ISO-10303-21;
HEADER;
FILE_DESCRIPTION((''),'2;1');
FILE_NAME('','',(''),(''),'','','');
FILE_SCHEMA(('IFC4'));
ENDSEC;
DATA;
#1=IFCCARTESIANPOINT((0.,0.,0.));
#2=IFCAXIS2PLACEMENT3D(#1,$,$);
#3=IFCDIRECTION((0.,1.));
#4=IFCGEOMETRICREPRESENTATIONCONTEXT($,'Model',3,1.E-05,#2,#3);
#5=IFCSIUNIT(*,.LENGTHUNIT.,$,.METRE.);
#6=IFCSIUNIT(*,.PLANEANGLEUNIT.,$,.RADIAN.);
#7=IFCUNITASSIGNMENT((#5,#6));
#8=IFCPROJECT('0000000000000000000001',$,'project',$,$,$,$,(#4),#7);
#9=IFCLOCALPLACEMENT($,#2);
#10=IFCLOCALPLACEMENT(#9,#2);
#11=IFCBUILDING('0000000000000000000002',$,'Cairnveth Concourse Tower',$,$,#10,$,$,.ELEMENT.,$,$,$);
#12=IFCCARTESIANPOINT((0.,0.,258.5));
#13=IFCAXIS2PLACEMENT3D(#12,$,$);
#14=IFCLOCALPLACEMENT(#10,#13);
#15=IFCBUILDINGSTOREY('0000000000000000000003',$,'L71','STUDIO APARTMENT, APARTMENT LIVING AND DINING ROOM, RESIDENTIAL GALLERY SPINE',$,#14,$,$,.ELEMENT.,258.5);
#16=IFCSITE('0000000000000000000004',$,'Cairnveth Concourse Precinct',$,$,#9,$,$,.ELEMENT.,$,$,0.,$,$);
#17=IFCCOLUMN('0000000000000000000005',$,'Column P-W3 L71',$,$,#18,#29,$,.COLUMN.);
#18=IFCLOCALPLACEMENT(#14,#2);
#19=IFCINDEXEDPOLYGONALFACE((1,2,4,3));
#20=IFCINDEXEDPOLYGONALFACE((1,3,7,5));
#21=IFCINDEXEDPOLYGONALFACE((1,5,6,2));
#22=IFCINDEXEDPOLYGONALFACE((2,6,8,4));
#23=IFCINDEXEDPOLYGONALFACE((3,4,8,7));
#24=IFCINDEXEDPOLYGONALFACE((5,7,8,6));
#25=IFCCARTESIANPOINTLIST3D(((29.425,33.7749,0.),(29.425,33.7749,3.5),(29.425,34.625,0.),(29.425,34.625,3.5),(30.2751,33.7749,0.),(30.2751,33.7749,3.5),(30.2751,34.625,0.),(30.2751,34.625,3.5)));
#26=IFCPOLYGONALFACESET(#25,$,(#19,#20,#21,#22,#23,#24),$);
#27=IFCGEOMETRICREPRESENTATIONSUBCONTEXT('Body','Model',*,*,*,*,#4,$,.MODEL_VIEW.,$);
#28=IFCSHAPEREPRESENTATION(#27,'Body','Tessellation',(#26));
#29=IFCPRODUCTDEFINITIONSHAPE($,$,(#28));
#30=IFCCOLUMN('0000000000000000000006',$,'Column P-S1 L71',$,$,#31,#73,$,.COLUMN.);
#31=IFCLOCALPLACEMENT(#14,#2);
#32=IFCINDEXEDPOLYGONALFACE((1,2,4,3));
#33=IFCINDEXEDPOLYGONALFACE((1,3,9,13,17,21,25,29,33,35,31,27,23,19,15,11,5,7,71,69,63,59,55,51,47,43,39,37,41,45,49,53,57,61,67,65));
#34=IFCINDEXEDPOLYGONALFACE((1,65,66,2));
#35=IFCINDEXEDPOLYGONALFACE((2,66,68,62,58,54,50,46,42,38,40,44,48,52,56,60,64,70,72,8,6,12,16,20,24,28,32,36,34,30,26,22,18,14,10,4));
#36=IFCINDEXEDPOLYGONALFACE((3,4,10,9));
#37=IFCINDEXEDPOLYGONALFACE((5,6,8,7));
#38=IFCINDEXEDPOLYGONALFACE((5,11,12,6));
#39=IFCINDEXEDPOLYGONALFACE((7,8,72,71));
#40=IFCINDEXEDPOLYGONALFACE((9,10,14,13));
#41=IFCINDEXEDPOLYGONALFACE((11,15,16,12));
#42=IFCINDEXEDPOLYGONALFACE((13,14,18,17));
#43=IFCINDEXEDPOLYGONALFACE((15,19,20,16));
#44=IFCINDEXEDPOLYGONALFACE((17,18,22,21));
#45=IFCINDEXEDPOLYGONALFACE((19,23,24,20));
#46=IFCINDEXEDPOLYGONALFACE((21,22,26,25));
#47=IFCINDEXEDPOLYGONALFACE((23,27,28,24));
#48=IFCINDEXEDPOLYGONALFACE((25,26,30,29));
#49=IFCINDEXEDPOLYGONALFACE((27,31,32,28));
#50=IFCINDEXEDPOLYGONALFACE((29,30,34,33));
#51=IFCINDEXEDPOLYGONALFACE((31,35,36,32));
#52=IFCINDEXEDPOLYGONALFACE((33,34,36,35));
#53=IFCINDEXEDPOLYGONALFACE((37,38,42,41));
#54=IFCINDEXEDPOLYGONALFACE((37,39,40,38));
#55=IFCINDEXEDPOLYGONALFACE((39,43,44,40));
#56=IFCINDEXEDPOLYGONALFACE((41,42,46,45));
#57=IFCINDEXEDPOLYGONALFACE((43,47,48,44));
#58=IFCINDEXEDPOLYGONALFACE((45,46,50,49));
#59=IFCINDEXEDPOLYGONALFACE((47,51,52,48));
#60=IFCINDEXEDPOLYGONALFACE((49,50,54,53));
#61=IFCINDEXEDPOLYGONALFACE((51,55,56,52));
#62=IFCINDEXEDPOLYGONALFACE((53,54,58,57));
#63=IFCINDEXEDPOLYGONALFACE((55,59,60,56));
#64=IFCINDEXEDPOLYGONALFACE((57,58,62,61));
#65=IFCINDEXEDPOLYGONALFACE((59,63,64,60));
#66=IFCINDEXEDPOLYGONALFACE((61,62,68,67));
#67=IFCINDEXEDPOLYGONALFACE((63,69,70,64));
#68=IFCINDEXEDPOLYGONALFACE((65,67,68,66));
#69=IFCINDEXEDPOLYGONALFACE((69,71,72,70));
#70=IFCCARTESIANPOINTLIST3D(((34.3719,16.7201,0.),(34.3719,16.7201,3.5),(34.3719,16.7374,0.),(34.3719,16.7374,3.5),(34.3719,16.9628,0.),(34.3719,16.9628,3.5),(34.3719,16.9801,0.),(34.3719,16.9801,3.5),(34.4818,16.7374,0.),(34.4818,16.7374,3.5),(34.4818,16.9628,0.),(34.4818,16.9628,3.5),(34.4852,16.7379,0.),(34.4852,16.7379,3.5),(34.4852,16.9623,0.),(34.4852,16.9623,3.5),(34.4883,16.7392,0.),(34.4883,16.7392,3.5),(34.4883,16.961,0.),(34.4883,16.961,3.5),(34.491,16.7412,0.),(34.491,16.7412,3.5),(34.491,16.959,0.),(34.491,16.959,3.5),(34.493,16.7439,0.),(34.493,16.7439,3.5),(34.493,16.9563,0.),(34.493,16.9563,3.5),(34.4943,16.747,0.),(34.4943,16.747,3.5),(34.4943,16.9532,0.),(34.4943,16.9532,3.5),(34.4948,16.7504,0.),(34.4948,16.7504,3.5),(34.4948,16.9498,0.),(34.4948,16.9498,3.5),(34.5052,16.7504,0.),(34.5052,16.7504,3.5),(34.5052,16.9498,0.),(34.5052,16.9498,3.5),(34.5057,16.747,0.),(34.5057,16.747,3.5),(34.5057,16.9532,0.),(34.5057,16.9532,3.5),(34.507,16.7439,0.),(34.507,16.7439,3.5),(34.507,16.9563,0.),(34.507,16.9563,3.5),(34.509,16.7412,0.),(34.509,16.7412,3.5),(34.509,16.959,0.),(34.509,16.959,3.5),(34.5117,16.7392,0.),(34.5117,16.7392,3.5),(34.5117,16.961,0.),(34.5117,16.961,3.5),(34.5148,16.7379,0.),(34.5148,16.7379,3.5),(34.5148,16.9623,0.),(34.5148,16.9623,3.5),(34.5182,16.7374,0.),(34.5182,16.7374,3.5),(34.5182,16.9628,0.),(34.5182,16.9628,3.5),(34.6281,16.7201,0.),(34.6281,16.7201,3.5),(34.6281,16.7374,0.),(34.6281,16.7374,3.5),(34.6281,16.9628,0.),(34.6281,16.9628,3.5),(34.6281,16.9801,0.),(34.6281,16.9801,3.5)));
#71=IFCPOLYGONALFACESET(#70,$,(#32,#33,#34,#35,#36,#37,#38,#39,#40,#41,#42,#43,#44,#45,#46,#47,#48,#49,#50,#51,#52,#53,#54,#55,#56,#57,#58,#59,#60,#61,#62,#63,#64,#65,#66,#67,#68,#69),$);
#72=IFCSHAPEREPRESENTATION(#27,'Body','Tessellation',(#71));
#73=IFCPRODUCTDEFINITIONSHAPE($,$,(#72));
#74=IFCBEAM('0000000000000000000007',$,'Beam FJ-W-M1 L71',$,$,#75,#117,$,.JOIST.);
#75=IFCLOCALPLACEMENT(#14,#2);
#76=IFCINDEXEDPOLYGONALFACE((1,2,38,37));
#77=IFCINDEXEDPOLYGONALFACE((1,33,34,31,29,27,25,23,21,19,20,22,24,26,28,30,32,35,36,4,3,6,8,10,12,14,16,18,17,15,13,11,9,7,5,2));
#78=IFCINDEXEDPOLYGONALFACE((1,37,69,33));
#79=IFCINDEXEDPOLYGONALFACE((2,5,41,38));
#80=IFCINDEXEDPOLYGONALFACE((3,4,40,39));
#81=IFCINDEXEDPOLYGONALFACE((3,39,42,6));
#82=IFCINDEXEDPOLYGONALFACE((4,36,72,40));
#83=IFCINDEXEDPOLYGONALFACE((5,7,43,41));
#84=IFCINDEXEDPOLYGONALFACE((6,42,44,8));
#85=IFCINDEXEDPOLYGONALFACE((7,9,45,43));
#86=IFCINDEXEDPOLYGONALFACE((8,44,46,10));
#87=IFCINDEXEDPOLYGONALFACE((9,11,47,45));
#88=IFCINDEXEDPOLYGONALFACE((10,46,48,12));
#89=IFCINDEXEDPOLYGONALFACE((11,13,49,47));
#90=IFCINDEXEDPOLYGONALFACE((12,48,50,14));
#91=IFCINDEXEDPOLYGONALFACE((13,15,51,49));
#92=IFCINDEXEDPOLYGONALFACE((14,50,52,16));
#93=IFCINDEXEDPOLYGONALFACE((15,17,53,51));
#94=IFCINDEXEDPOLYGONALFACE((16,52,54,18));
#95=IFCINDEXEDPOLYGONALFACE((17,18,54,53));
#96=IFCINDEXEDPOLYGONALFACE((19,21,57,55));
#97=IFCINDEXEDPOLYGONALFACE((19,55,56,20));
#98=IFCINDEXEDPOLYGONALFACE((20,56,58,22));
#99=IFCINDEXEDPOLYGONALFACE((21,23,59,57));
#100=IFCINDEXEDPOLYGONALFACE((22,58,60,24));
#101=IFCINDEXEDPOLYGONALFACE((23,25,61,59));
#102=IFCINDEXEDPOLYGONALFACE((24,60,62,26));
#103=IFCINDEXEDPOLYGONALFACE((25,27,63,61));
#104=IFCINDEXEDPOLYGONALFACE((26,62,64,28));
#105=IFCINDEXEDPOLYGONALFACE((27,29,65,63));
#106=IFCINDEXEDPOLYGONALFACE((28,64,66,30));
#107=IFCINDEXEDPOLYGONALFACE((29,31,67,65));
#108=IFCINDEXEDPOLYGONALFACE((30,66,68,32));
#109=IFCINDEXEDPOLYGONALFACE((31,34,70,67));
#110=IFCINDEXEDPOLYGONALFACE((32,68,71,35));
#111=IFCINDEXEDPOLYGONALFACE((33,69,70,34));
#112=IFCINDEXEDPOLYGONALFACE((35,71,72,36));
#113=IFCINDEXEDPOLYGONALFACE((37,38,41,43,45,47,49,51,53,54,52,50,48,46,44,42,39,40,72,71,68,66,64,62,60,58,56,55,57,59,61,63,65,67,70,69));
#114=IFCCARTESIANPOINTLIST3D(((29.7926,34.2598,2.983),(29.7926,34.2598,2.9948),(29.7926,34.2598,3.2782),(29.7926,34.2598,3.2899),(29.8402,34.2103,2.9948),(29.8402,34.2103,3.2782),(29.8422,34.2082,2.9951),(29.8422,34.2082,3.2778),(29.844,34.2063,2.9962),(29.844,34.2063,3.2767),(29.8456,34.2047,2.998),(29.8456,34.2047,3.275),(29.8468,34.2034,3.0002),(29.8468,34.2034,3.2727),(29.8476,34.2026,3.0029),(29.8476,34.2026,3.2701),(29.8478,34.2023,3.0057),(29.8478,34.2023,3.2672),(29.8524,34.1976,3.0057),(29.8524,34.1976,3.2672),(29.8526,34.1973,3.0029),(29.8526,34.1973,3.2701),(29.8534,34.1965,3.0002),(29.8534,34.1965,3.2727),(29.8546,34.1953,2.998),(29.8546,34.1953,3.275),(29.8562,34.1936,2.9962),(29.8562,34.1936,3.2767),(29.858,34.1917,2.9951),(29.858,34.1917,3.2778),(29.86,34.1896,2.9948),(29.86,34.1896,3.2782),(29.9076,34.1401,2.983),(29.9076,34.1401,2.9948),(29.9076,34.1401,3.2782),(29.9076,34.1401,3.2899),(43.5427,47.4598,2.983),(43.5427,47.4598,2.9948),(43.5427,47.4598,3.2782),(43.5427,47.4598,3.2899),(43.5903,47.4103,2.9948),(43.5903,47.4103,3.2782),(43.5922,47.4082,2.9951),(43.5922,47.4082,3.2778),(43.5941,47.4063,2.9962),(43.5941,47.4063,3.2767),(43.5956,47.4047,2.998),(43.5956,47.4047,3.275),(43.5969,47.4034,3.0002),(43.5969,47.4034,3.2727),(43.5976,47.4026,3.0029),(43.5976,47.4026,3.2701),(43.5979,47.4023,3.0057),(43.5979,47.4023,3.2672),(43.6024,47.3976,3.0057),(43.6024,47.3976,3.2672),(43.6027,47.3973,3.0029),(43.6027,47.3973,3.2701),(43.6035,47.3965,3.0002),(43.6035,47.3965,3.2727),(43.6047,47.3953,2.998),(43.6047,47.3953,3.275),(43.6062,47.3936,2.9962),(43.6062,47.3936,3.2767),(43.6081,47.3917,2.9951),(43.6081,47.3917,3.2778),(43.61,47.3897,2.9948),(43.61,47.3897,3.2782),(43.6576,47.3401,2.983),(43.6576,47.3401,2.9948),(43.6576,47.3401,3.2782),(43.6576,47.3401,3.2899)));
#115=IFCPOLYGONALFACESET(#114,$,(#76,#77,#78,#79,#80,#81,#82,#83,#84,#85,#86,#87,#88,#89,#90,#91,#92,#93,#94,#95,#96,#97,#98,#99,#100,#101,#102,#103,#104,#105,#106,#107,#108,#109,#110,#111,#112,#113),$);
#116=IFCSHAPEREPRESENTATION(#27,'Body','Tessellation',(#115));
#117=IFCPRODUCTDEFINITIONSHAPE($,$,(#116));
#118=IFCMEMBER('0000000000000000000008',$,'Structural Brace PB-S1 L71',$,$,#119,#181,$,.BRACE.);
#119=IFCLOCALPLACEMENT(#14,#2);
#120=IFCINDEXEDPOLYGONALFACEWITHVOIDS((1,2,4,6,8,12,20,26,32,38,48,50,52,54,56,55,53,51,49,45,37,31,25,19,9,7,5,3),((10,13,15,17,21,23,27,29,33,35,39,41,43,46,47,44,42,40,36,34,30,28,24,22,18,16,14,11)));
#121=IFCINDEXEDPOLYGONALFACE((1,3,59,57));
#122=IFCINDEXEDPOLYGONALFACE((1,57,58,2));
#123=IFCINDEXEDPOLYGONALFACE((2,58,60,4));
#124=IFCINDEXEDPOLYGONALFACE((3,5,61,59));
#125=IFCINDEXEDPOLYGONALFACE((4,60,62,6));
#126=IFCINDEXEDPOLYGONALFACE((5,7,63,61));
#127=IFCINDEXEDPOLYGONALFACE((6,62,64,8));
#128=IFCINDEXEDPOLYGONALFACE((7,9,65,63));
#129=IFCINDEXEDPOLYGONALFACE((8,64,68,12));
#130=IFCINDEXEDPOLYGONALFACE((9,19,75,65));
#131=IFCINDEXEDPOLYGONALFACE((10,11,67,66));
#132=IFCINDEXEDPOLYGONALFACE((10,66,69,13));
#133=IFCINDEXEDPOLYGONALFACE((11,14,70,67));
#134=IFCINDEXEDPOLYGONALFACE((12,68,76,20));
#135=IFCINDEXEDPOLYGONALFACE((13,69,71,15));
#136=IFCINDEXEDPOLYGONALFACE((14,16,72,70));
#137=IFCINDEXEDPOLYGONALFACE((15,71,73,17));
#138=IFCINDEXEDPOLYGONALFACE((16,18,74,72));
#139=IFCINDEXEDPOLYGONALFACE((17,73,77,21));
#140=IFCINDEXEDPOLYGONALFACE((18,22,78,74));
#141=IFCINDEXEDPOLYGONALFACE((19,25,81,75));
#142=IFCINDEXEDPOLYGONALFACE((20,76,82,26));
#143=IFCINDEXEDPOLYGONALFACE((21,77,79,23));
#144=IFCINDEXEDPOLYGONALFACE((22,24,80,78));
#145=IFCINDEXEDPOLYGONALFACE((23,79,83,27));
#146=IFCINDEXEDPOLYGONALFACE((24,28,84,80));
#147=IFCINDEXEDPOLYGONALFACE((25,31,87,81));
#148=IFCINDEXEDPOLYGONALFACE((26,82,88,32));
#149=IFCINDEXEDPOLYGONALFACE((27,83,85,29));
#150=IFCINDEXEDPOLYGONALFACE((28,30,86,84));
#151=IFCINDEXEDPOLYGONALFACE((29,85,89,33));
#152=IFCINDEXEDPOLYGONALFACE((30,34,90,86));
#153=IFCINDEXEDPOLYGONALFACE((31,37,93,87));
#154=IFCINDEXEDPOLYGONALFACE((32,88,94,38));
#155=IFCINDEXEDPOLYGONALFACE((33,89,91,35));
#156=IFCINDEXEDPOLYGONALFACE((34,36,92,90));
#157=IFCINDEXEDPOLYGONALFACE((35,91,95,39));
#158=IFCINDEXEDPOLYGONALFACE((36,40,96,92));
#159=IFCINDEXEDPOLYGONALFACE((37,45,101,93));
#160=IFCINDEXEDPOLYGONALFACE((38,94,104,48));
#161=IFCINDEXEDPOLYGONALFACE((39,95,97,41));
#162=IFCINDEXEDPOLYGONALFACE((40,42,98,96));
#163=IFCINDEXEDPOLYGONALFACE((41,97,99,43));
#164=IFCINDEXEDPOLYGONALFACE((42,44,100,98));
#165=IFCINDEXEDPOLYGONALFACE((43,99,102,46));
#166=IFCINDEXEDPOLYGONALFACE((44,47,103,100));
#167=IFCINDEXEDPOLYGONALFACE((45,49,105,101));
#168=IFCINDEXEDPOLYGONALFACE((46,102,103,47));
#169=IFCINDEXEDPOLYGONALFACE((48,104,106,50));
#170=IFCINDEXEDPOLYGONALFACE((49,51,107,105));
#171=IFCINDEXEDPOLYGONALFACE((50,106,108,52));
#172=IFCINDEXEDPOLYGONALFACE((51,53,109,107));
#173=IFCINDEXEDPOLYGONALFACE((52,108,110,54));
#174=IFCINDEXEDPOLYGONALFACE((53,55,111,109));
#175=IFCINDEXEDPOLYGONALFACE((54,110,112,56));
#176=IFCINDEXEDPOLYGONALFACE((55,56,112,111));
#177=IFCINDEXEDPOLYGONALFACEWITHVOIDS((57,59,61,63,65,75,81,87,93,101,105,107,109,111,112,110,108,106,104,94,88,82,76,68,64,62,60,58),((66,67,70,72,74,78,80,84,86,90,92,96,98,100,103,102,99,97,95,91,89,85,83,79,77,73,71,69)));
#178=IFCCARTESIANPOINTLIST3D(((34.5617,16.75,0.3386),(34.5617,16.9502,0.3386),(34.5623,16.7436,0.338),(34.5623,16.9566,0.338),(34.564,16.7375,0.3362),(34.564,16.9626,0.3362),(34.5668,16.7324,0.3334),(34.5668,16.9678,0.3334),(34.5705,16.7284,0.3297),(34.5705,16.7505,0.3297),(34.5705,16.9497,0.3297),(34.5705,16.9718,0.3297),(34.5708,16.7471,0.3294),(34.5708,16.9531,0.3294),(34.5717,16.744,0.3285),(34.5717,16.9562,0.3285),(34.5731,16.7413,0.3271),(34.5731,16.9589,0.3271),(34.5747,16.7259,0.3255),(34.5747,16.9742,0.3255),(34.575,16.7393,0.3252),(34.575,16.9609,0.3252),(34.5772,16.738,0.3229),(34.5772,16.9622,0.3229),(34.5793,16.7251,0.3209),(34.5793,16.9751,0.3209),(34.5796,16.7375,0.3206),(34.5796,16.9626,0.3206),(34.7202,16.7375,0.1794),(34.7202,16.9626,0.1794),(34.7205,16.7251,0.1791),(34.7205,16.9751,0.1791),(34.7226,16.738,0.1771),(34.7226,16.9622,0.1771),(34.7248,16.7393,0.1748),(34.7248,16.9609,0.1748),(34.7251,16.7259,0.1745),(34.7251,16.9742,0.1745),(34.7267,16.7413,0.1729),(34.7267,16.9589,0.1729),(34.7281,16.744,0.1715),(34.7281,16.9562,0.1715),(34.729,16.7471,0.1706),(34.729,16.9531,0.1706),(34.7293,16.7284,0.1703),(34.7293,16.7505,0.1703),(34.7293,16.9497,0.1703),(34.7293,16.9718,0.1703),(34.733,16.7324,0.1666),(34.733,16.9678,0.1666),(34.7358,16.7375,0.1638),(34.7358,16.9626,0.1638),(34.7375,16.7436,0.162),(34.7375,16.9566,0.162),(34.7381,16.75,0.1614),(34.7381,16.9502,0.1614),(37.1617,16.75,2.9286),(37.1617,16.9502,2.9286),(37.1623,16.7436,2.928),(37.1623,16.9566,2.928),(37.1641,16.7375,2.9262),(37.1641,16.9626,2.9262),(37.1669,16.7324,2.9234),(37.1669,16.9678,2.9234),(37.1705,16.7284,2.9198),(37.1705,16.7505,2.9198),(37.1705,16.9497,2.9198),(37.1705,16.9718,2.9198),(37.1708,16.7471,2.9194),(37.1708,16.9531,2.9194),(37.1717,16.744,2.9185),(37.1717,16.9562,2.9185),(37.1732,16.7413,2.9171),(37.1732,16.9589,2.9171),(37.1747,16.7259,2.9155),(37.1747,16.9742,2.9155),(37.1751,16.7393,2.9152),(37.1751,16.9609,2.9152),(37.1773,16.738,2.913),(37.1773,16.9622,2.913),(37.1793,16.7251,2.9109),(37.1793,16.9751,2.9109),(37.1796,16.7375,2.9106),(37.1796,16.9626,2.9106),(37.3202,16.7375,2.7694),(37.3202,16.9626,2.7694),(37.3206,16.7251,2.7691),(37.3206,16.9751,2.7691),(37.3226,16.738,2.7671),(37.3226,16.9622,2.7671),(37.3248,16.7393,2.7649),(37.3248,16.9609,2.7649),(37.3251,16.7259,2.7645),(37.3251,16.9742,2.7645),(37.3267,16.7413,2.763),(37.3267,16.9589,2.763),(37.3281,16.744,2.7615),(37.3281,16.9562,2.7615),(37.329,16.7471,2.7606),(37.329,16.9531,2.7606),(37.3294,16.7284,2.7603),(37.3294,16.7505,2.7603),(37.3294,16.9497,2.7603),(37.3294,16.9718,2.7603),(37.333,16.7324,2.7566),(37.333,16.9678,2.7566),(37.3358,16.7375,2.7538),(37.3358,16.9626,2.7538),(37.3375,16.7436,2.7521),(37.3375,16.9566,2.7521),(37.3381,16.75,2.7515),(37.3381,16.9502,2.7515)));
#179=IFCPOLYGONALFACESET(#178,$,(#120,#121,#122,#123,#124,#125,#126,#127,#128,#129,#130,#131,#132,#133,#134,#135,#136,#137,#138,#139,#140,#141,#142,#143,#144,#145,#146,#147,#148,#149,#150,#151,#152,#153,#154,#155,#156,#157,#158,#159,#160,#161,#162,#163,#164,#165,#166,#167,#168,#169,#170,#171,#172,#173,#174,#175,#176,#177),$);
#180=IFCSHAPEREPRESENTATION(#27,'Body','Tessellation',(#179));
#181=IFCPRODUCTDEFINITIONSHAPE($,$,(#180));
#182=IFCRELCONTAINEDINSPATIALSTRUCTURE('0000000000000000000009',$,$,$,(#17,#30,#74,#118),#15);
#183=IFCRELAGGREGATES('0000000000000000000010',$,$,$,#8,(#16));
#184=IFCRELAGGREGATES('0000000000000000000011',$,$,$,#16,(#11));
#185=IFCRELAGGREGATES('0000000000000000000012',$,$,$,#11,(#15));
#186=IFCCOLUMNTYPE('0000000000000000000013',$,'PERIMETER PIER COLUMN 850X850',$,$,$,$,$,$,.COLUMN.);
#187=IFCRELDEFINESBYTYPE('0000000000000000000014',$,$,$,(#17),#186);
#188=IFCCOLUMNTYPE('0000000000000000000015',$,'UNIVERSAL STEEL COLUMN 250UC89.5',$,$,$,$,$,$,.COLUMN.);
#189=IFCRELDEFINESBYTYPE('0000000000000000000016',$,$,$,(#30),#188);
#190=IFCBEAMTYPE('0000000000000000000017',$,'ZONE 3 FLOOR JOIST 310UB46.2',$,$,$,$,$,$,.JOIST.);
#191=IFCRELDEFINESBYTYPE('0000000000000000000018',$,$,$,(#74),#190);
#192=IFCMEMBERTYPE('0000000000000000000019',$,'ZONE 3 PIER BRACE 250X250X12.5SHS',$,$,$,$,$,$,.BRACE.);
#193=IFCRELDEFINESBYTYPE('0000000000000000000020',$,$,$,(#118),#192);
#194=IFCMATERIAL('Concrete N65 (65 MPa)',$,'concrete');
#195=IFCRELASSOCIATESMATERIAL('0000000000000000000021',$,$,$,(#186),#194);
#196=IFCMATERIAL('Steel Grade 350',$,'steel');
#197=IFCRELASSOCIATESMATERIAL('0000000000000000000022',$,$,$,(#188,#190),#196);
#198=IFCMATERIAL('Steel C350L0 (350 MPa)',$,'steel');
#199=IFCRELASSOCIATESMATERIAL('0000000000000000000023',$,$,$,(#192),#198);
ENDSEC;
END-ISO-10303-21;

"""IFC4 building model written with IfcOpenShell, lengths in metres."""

from ifc_helpers import new_model, si_unit, direction, frame, origin, origin_2d, place, context, subcontext, project, spatial, rectangle, hollow_rectangle, i_section, extrude, material, material_profile, profile_set, type_object, element, save


model = new_model("IFC4")

# Units and contexts
model_context = context("Model", 3, precision=1e-05, world=origin(), true_north=direction((0.0, 1.0)))
body_context = subcontext(model_context, "Body", "Model", "MODEL_VIEW")
ifc_project = project(units=[si_unit("LENGTHUNIT", "METRE"), si_unit("PLANEANGLEUNIT", "RADIAN")], contexts=[model_context])

# Site, building, storey
site_placement = place(None, origin())
site = spatial("IfcSite", under=ifc_project, at=site_placement, Name="Cairnveth Concourse Precinct", CompositionType="ELEMENT", RefElevation=0.0)
building_placement = place(site_placement, origin())
building = spatial("IfcBuilding", under=site, at=building_placement, Name="Cairnveth Concourse Tower", CompositionType="ELEMENT")
storey_placement = place(building_placement, frame((0.0, 0.0, 258.5)))
storey = spatial("IfcBuildingStorey", under=building, at=storey_placement, Name="L71", Description="STUDIO APARTMENT, APARTMENT LIVING AND DINING ROOM, RESIDENTIAL GALLERY SPINE", CompositionType="ELEMENT", Elevation=258.5)

# Columns
ifc_material_1 = material(Name="Concrete N65 (65 MPa)", Category="concrete")
ifc_material_profile_1 = material_profile(ifc_material_1, rectangle(XDim=0.8501, YDim=0.8501, at=origin_2d()), Name="RC-COL-850x850")
ifc_profile_set_1 = profile_set([ifc_material_profile_1], Name="Concrete N65 (65 MPa)")
column_type_1 = type_object("IfcColumnType", Name="PERIMETER PIER COLUMN 850X850", PredefinedType="COLUMN", material=ifc_profile_set_1)
column_1_placement = place(storey_placement, frame((29.8501, 34.2, 0.0), z_axis=(0.0, 0.0, 1.0), x_axis=(0.0, 1.0, 0.0)))
element("IfcColumn", 1, at=column_1_placement, inside=storey, type_object=column_type_1, Name="Column P-W3 L71", PredefinedType="COLUMN", context=body_context, shape_type="SweptSolid", body=[
    extrude(rectangle(XDim=0.8501, YDim=0.8501, at=origin_2d()), origin(), (0.0, 0.0, 1.0), 3.5),
])
ifc_material_2 = material(Name="Steel Grade 350", Category="steel")
ifc_material_profile_2 = material_profile(ifc_material_2, i_section(OverallWidth=0.2561, OverallDepth=0.26, WebThickness=0.0105, FlangeThickness=0.0173, FilletRadius=0.0129, at=origin_2d()), Name="250UC89.5")
ifc_profile_set_2 = profile_set([ifc_material_profile_2], Name="Steel Grade 350")
column_type_2 = type_object("IfcColumnType", Name="UNIVERSAL STEEL COLUMN 250UC89.5", PredefinedType="COLUMN", material=ifc_profile_set_2)
column_2_placement = place(storey_placement, frame((34.5, 16.8501, 0.0), z_axis=(0.0, 0.0, 1.0), x_axis=(1.0, 0.0, 0.0)))
element("IfcColumn", 2, at=column_2_placement, inside=storey, type_object=column_type_2, Name="Column P-S1 L71", PredefinedType="COLUMN", context=body_context, shape_type="SweptSolid", body=[
    extrude(i_section(OverallWidth=0.2561, OverallDepth=0.26, WebThickness=0.0105, FlangeThickness=0.0173, FilletRadius=0.0129, at=origin_2d()), origin(), (0.0, 0.0, 1.0), 3.5),
])

# Beam
ifc_material_profile_3 = material_profile(ifc_material_2, i_section(OverallWidth=0.166, OverallDepth=0.3069, WebThickness=0.0066, FlangeThickness=0.0117, FilletRadius=0.011, at=origin_2d()), Name="310UB46.2")
ifc_profile_set_3 = profile_set([ifc_material_profile_3], Name="Steel Grade 350")
beam_type_1 = type_object("IfcBeamType", Name="ZONE 3 FLOOR JOIST 310UB46.2", PredefinedType="JOIST", material=ifc_profile_set_3)
beam_1_placement = place(storey_placement, frame((29.8501, 34.2, 3.1365), z_axis=(0.721389, 0.69253, 0.0), x_axis=(-0.69253, 0.721389, 0.0)))
element("IfcBeam", 3, at=beam_1_placement, inside=storey, type_object=beam_type_1, Name="Beam FJ-W-M1 L71", PredefinedType="JOIST", context=body_context, shape_type="SweptSolid", body=[
    extrude(i_section(OverallWidth=0.166, OverallDepth=0.3069, WebThickness=0.0066, FlangeThickness=0.0117, FilletRadius=0.011, at=origin_2d()), origin(), (0.0, 0.0, 1.0), 19.0605),
])

# Member
ifc_material_3 = material(Name="Steel C350L0 (350 MPa)", Category="steel")
ifc_material_profile_4 = material_profile(ifc_material_3, hollow_rectangle(XDim=0.25, YDim=0.25, WallThickness=0.0125, InnerFilletRadius=0.0129, OuterFilletRadius=0.0249, at=origin_2d()), Name="250x250x12.5SHS")
ifc_profile_set_4 = profile_set([ifc_material_profile_4], Name="Steel C350L0 (350 MPa)")
member_type = type_object("IfcMemberType", Name="ZONE 3 PIER BRACE 250X250X12.5SHS", PredefinedType="BRACE", material=ifc_profile_set_4)
member_placement = place(storey_placement, frame((34.6499, 16.8501, 0.25), z_axis=(0.708469, 0.0, 0.705742), x_axis=(0.0, 1.0, 0.0)))
element("IfcMember", 4, at=member_placement, inside=storey, type_object=member_type, Name="Structural Brace PB-S1 L71", PredefinedType="BRACE", context=body_context, shape_type="SweptSolid", body=[
    extrude(hollow_rectangle(XDim=0.25, YDim=0.25, WallThickness=0.0125, InnerFilletRadius=0.0129, OuterFilletRadius=0.0249, at=origin_2d()), origin(), (0.0, 0.0, 1.0), 3.6699),
])

save(model, "model.ifc")
